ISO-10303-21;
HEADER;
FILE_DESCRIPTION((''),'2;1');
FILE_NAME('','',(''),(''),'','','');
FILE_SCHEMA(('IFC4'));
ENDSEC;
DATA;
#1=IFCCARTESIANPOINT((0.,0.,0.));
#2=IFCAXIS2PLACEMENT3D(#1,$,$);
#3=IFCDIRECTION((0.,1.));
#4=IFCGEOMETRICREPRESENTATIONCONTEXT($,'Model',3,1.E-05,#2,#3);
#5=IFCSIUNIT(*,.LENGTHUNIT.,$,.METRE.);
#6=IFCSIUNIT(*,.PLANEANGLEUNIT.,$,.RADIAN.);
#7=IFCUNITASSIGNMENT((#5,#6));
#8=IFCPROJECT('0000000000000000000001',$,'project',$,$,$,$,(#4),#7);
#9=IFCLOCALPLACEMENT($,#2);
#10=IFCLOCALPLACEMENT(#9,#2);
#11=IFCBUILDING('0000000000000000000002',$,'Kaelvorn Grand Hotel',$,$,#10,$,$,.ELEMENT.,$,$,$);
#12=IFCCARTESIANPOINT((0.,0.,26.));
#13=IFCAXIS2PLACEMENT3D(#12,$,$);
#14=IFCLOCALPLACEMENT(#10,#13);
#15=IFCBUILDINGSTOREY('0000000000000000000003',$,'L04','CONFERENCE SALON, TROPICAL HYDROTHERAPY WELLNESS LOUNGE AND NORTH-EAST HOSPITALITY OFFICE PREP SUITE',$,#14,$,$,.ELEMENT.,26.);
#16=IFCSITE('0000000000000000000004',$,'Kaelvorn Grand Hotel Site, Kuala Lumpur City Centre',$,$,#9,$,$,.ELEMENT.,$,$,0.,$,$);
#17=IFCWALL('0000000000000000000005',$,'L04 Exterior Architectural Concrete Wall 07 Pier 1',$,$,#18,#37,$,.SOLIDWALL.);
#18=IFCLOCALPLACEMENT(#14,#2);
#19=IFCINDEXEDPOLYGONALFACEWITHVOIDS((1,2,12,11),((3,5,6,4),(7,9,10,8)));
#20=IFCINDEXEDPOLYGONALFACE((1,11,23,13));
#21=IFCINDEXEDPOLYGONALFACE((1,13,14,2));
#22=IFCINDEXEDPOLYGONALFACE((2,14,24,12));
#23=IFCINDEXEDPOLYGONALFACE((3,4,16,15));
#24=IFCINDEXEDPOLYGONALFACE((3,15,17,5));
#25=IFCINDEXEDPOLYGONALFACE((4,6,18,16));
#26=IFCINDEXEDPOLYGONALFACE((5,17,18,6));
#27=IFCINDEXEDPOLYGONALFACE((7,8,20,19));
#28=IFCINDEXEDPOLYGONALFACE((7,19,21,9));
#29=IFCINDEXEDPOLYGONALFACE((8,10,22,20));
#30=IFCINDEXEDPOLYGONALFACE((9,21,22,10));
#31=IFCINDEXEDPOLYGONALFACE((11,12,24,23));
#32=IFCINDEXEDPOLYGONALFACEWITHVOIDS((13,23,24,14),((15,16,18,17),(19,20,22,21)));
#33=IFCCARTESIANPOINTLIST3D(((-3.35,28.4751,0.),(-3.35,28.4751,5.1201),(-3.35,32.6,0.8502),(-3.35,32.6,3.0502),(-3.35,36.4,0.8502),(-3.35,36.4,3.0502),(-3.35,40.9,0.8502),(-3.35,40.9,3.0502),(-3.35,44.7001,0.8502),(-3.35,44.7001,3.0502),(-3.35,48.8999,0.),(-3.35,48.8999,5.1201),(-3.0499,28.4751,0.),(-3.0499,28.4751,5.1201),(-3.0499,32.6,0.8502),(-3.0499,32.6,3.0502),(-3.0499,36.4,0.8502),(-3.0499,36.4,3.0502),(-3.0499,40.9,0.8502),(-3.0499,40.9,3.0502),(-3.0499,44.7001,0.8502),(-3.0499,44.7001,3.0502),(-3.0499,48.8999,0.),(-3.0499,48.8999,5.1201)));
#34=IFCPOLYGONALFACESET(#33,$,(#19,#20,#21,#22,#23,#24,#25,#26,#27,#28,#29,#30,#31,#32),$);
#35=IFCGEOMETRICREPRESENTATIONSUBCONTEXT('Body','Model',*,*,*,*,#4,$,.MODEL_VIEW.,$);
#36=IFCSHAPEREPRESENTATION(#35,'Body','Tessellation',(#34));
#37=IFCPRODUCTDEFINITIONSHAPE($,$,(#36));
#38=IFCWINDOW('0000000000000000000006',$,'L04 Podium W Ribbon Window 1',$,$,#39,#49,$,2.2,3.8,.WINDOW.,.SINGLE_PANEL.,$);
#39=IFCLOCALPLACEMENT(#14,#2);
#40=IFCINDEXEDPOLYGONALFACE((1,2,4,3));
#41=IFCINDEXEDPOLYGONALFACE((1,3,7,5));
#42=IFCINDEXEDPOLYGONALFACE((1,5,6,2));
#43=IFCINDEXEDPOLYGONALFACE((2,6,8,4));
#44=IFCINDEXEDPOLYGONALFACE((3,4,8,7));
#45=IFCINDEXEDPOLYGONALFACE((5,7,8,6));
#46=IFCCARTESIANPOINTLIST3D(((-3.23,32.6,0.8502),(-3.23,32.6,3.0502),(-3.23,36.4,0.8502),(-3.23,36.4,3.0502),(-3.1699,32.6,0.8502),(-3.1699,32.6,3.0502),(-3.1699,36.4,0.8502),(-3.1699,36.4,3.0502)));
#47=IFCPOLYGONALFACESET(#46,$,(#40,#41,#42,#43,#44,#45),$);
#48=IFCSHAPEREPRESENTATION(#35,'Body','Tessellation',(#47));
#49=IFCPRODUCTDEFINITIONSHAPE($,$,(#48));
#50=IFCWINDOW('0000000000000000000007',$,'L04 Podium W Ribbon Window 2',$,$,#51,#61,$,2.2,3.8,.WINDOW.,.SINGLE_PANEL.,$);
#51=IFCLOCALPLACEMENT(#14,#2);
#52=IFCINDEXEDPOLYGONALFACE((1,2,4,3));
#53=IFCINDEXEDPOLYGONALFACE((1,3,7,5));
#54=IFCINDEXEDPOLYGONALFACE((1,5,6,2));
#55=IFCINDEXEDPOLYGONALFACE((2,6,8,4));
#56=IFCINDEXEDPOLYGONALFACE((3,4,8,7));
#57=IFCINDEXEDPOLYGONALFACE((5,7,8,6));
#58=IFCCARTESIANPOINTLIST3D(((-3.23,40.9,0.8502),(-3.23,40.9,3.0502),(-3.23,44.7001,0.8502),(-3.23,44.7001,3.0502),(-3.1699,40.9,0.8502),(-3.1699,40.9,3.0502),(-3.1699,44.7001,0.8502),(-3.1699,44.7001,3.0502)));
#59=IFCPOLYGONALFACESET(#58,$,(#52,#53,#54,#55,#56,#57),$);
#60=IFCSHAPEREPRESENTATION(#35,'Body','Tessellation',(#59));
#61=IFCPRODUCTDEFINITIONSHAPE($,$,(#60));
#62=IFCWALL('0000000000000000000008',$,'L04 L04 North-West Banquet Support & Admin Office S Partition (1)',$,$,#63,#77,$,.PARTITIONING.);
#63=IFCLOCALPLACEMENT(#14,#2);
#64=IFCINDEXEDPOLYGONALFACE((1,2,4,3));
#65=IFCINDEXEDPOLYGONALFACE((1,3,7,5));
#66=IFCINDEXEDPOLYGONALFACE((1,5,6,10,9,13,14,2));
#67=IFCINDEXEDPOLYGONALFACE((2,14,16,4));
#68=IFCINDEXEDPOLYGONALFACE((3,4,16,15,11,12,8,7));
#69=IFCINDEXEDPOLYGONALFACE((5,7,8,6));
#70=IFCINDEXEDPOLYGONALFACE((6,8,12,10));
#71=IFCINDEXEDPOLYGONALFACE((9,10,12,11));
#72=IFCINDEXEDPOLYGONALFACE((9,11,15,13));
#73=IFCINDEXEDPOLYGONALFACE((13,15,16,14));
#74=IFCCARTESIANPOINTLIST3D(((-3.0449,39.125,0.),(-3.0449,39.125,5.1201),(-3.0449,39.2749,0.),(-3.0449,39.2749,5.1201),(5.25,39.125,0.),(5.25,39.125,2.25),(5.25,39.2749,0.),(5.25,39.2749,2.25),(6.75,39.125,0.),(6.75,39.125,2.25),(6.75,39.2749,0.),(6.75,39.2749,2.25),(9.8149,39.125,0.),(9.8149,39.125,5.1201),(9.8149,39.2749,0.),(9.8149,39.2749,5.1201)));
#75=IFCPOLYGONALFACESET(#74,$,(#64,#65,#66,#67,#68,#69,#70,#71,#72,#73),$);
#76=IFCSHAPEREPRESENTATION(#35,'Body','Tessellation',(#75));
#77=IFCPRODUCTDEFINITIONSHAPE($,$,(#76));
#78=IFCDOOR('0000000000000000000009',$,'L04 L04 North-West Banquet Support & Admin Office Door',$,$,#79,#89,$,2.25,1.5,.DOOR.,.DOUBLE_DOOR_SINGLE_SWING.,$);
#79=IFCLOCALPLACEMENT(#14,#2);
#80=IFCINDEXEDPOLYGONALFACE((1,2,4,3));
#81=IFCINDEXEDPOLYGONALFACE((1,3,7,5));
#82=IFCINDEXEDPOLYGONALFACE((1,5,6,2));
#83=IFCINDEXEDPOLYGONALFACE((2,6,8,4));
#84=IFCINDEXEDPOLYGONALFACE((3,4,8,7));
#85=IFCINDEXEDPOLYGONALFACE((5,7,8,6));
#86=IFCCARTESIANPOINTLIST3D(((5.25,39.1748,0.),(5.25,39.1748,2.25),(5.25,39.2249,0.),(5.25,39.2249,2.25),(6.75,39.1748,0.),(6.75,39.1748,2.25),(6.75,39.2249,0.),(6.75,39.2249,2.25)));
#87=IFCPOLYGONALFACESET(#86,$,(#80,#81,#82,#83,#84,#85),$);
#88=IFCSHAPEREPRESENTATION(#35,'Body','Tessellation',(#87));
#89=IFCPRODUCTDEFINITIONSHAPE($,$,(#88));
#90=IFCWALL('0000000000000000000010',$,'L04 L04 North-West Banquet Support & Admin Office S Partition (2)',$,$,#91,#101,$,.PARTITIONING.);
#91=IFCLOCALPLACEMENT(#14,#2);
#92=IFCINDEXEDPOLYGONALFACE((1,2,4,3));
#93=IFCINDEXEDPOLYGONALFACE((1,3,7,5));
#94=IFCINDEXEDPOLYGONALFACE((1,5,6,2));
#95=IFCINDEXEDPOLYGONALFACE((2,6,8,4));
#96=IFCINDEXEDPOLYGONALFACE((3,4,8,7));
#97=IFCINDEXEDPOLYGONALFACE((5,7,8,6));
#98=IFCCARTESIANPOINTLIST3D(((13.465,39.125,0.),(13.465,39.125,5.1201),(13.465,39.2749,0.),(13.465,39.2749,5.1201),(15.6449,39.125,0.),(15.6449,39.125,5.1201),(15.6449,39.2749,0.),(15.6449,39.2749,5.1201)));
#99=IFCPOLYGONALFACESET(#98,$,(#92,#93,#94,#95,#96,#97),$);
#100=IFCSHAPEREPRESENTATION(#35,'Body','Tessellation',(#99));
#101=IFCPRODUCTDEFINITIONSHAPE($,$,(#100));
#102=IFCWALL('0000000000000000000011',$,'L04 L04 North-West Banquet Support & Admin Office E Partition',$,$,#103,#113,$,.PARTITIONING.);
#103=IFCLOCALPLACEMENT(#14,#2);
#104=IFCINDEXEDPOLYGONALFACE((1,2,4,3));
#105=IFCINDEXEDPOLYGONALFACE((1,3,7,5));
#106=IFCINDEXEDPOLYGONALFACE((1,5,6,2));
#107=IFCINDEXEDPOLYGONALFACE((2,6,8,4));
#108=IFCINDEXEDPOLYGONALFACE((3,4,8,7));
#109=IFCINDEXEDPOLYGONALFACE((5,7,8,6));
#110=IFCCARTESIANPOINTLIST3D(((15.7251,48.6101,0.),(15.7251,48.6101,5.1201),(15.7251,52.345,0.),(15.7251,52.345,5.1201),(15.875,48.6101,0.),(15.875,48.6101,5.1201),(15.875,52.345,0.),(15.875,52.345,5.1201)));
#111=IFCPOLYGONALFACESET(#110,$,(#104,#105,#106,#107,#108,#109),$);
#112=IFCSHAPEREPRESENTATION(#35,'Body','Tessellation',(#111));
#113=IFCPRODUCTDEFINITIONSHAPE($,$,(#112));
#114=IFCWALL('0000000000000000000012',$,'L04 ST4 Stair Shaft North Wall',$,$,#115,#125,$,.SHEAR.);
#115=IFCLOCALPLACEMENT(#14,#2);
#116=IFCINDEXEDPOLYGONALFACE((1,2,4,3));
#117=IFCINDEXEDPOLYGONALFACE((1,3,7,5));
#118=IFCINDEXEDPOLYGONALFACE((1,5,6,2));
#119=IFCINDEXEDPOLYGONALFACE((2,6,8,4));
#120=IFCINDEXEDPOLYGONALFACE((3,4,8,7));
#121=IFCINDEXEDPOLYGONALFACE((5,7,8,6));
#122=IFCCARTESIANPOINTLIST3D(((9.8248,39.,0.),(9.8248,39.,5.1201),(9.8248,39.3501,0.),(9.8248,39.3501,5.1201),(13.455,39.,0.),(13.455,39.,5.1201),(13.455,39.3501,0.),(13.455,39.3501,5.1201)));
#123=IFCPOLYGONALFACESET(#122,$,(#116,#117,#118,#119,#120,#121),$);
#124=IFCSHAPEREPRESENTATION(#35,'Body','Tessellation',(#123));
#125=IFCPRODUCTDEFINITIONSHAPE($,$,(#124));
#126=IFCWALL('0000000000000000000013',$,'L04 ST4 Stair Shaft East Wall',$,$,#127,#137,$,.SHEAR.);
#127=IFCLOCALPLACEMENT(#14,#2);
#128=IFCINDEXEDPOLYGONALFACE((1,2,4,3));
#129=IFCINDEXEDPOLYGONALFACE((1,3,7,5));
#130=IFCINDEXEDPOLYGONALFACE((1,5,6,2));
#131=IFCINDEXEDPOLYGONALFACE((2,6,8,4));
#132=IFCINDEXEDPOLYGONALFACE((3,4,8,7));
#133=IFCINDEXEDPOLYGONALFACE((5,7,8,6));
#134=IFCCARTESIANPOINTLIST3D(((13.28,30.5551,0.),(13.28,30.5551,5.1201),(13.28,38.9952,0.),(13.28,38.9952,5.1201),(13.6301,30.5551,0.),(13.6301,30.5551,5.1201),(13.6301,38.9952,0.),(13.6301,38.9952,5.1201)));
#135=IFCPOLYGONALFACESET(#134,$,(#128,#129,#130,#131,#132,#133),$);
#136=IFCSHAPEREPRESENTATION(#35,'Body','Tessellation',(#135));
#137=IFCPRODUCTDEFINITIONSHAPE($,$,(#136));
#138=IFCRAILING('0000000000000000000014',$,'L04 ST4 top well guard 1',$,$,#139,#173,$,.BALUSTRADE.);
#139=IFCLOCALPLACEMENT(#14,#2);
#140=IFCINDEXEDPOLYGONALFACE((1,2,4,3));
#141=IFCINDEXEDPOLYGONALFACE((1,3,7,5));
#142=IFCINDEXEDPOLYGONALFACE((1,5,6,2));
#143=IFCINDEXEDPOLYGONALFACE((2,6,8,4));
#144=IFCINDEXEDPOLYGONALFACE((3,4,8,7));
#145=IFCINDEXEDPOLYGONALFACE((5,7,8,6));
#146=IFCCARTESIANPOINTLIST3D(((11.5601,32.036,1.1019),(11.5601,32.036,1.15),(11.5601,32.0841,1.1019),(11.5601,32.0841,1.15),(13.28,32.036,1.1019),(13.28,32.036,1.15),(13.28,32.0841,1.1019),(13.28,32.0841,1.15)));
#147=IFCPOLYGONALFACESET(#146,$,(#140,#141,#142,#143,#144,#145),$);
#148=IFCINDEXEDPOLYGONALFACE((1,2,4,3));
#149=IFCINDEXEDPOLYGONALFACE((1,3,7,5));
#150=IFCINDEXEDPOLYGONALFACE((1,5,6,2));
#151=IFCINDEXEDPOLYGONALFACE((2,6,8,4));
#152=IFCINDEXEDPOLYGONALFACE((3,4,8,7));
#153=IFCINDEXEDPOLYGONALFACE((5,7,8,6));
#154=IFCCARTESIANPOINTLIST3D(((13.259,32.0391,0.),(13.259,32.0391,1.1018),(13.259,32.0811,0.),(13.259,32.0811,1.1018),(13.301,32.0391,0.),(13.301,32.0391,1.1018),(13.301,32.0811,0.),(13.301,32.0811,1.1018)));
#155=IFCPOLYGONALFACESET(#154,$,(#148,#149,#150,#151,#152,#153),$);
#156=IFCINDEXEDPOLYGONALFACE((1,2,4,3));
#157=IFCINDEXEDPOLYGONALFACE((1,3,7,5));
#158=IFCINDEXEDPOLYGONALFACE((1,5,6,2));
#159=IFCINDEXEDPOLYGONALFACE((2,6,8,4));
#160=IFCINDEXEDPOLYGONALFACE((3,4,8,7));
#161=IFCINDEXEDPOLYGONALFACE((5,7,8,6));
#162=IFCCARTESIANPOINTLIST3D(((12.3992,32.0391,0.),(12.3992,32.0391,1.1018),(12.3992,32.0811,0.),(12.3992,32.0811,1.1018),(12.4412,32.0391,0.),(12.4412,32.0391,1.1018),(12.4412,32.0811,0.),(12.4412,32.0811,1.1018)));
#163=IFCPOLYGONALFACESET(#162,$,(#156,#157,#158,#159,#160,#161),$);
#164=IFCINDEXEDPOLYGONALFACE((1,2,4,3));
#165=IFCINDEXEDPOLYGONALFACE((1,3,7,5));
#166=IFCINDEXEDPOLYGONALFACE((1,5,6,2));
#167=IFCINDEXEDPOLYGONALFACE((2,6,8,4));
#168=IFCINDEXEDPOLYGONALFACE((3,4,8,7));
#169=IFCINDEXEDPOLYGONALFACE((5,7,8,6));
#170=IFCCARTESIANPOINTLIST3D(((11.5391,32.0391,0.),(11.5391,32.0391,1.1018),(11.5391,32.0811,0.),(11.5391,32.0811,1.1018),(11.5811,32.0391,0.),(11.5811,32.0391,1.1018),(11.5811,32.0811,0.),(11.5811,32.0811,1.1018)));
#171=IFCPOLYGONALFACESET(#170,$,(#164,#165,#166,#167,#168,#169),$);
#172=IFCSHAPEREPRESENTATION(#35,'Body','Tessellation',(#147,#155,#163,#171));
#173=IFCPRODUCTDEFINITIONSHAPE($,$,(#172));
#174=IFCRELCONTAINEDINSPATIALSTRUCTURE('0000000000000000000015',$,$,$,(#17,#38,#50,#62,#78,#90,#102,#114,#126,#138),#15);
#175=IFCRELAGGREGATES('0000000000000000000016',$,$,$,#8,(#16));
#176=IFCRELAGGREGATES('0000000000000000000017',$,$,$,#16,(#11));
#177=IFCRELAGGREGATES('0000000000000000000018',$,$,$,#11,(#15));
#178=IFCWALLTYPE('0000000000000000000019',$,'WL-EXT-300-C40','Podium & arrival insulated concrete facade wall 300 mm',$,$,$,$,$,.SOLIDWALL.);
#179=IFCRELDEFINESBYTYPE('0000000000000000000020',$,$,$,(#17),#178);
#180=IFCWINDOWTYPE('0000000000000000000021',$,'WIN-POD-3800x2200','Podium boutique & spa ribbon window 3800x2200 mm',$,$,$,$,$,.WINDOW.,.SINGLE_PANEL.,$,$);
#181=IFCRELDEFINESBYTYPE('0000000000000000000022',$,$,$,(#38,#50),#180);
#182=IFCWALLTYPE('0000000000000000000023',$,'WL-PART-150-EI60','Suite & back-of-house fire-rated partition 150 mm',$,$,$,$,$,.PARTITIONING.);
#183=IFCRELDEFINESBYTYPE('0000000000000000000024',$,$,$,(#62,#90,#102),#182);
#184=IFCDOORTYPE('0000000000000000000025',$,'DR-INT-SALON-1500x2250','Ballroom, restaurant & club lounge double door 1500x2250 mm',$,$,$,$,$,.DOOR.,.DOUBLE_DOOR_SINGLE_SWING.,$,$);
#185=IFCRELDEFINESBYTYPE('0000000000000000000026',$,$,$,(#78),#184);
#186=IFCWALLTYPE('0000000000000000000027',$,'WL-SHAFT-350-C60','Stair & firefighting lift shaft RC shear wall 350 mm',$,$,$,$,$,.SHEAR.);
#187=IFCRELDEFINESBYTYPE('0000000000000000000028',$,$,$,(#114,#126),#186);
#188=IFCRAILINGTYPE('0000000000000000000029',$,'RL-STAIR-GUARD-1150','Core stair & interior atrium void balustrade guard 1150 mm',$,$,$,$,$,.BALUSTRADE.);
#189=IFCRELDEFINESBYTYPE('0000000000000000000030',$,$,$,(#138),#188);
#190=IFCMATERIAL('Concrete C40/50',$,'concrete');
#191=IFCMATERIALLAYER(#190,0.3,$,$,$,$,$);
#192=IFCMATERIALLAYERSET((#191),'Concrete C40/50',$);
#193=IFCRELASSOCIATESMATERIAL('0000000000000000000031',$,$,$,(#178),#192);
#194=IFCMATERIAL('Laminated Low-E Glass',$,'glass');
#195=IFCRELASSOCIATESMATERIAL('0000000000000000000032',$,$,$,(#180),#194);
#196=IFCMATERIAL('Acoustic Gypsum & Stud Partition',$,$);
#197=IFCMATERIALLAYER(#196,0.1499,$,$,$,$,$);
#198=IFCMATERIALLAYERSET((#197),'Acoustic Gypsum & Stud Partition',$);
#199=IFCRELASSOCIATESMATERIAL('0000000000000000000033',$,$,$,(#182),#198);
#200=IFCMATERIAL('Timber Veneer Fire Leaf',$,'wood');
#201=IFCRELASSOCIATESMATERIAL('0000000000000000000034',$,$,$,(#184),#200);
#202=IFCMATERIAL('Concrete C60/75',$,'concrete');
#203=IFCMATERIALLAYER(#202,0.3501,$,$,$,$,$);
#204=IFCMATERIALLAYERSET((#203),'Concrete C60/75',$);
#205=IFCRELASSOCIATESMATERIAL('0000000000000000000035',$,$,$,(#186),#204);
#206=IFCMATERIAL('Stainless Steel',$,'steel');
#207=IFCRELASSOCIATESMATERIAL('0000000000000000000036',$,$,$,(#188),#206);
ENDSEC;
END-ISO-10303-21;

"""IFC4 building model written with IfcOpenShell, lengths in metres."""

from ifc_helpers import new_model, si_unit, direction, frame, frame_2d, origin, origin_2d, place, context, subcontext, project, spatial, rectangle, extrude, material, layer, layer_set, type_object, element, fill, save


model = new_model("IFC4")

# Units and contexts
model_context = context("Model", 3, precision=1e-05, world=origin(), true_north=direction((0.0, 1.0)))
body_context = subcontext(model_context, "Body", "Model", "MODEL_VIEW")
ifc_project = project(units=[si_unit("LENGTHUNIT", "METRE"), si_unit("PLANEANGLEUNIT", "RADIAN")], contexts=[model_context])

# Site, building, storey
site_placement = place(None, origin())
site = spatial("IfcSite", under=ifc_project, at=site_placement, Name="Kaelvorn Grand Hotel Site, Kuala Lumpur City Centre", CompositionType="ELEMENT", RefElevation=0.0)
building_placement = place(site_placement, origin())
building = spatial("IfcBuilding", under=site, at=building_placement, Name="Kaelvorn Grand Hotel", CompositionType="ELEMENT")
storey_placement = place(building_placement, frame((0.0, 0.0, 26.0)))
storey = spatial("IfcBuildingStorey", under=building, at=storey_placement, Name="L04", Description="CONFERENCE SALON, TROPICAL HYDROTHERAPY WELLNESS LOUNGE AND NORTH-EAST HOSPITALITY OFFICE PREP SUITE", CompositionType="ELEMENT", Elevation=26.0)

# Shared definitions
ifc_material_1 = material(Name="Concrete C60/75", Category="concrete")

# Shared definitions
ifc_material_2 = material(Name="Concrete C40/50", Category="concrete")
ifc_layer_1 = layer(ifc_material_2, 0.3)
ifc_layer_set_1 = layer_set([ifc_layer_1], Name="Concrete C40/50")
wall_type_1 = type_object("IfcWallType", Name="WL-EXT-300-C40", Description="Podium & arrival insulated concrete facade wall 300 mm", PredefinedType="SOLIDWALL", material=ifc_layer_set_1)
ifc_material_3 = material(Name="Laminated Low-E Glass", Category="glass")

# Wall, openings, windows
wall_1_placement = place(storey_placement, frame((-3.2, 48.8999, 0.0), z_axis=(0.0, 0.0, 1.0), x_axis=(0.0, -1.0, 0.0)))
wall_1 = element("IfcWall", 1, at=wall_1_placement, inside=storey, type_object=wall_type_1, Name="L04 Exterior Architectural Concrete Wall 07 Pier 1", PredefinedType="SOLIDWALL", context=body_context, shape_type="SweptSolid", body=[
    extrude(rectangle(XDim=20.4248, YDim=0.3, at=frame_2d((10.2124, 0.0))), origin(), (0.0, 0.0, 1.0), 5.1201),
])
opening_1_placement = place(wall_1_placement, frame((12.5, 0.0, 0.8501)))
opening_1 = element("IfcOpeningElement", 2, at=opening_1_placement, cuts=wall_1, PredefinedType="OPENING", context=body_context, shape_type="SweptSolid", body=[
    extrude(rectangle(XDim=3.8, YDim=2.2, at=frame_2d((1.8999, 1.1001))), frame((0.0, 0.1602, 0.0), z_axis=(0.0, -1.0, 0.0), x_axis=(1.0, 0.0, 0.0)), (0.0, 0.0, 1.0), 0.3201),
])
opening_2_placement = place(wall_1_placement, frame((4.2, 0.0, 0.8501)))
opening_2 = element("IfcOpeningElement", 3, at=opening_2_placement, cuts=wall_1, PredefinedType="OPENING", context=body_context, shape_type="SweptSolid", body=[
    extrude(rectangle(XDim=3.8, YDim=2.2, at=frame_2d((1.8999, 1.1001))), frame((0.0, 0.1602, 0.0), z_axis=(0.0, -1.0, 0.0), x_axis=(1.0, 0.0, 0.0)), (0.0, 0.0, 1.0), 0.3201),
])
window_type_1 = type_object("IfcWindowType", Name="WIN-POD-3800x2200", Description="Podium boutique & spa ribbon window 3800x2200 mm", PartitioningType="SINGLE_PANEL", PredefinedType="WINDOW", material=ifc_material_3)
window_1_placement = place(opening_1_placement, origin())
window_1 = element("IfcWindow", 4, at=window_1_placement, inside=storey, type_object=window_type_1, Name="L04 Podium W Ribbon Window 1", OverallHeight=2.2, OverallWidth=3.8, PartitioningType="SINGLE_PANEL", PredefinedType="WINDOW", context=body_context, shape_type="SweptSolid", body=[
    extrude(rectangle(XDim=3.8, YDim=2.2, at=frame_2d((1.8999, 1.1001))), frame((0.0, 0.03, 0.0), z_axis=(0.0, -1.0, 0.0), x_axis=(1.0, 0.0, 0.0)), (0.0, 0.0, 1.0), 0.0601),
])
fill(opening_1, window_1)
window_2_placement = place(opening_2_placement, origin())
window_2 = element("IfcWindow", 5, at=window_2_placement, inside=storey, type_object=window_type_1, Name="L04 Podium W Ribbon Window 2", OverallHeight=2.2, OverallWidth=3.8, PartitioningType="SINGLE_PANEL", PredefinedType="WINDOW", context=body_context, shape_type="SweptSolid", body=[
    extrude(rectangle(XDim=3.8, YDim=2.2, at=frame_2d((1.8999, 1.1001))), frame((0.0, 0.03, 0.0), z_axis=(0.0, -1.0, 0.0), x_axis=(1.0, 0.0, 0.0)), (0.0, 0.0, 1.0), 0.0601),
])
fill(opening_2, window_2)

# Wall, opening, door
ifc_material_4 = material(Name="Acoustic Gypsum & Stud Partition")
ifc_layer_2 = layer(ifc_material_4, 0.1499)
ifc_layer_set_2 = layer_set([ifc_layer_2], Name="Acoustic Gypsum & Stud Partition")
wall_type_2 = type_object("IfcWallType", Name="WL-PART-150-EI60", Description="Suite & back-of-house fire-rated partition 150 mm", PredefinedType="PARTITIONING", material=ifc_layer_set_2)
wall_2_placement = place(storey_placement, frame((-3.0449, 39.2, 0.0), z_axis=(0.0, 0.0, 1.0), x_axis=(1.0, 0.0, 0.0)))
wall_2 = element("IfcWall", 6, at=wall_2_placement, inside=storey, type_object=wall_type_2, Name="L04 L04 North-West Banquet Support & Admin Office S Partition (1)", PredefinedType="PARTITIONING", context=body_context, shape_type="SweptSolid", body=[
    extrude(rectangle(XDim=12.8599, YDim=0.1499, at=frame_2d((6.4299, 0.0))), origin(), (0.0, 0.0, 1.0), 5.1201),
])
opening_3_placement = place(wall_2_placement, frame((8.2949, 0.0, 0.0)))
opening_3 = element("IfcOpeningElement", 7, at=opening_3_placement, cuts=wall_2, PredefinedType="OPENING", context=body_context, shape_type="SweptSolid", body=[
    extrude(rectangle(XDim=1.5, YDim=2.25, at=frame_2d((0.75, 1.125))), frame((0.0, 0.085, 0.0), z_axis=(0.0, -1.0, 0.0), x_axis=(1.0, 0.0, 0.0)), (0.0, 0.0, 1.0), 0.1699),
])
ifc_material_5 = material(Name="Timber Veneer Fire Leaf", Category="wood")
door_type = type_object("IfcDoorType", Name="DR-INT-SALON-1500x2250", Description="Ballroom, restaurant & club lounge double door 1500x2250 mm", OperationType="DOUBLE_DOOR_SINGLE_SWING", PredefinedType="DOOR", material=ifc_material_5)
door_placement = place(opening_3_placement, origin())
door = element("IfcDoor", 8, at=door_placement, inside=storey, type_object=door_type, Name="L04 L04 North-West Banquet Support & Admin Office Door", OperationType="DOUBLE_DOOR_SINGLE_SWING", OverallHeight=2.25, OverallWidth=1.5, PredefinedType="DOOR", context=body_context, shape_type="SweptSolid", body=[
    extrude(rectangle(XDim=1.5, YDim=2.25, at=frame_2d((0.75, 1.125))), frame((0.0, 0.0249, 0.0), z_axis=(0.0, -1.0, 0.0), x_axis=(1.0, 0.0, 0.0)), (0.0, 0.0, 1.0), 0.05),
])
fill(opening_3, door)

# Walls
wall_3_placement = place(storey_placement, frame((13.4651, 39.2, 0.0), z_axis=(0.0, 0.0, 1.0), x_axis=(1.0, 0.0, 0.0)))
element("IfcWall", 9, at=wall_3_placement, inside=storey, type_object=wall_type_2, Name="L04 L04 North-West Banquet Support & Admin Office S Partition (2)", PredefinedType="PARTITIONING", context=body_context, shape_type="SweptSolid", body=[
    extrude(rectangle(XDim=2.1799, YDim=0.1499, at=frame_2d((1.0898, 0.0))), origin(), (0.0, 0.0, 1.0), 5.1201),
])
wall_4_placement = place(storey_placement, frame((15.8, 48.6101, 0.0), z_axis=(0.0, 0.0, 1.0), x_axis=(0.0, 1.0, 0.0)))
element("IfcWall", 10, at=wall_4_placement, inside=storey, type_object=wall_type_2, Name="L04 L04 North-West Banquet Support & Admin Office E Partition", PredefinedType="PARTITIONING", context=body_context, shape_type="SweptSolid", body=[
    extrude(rectangle(XDim=3.7349, YDim=0.1499, at=frame_2d((1.8674, 0.0))), origin(), (0.0, 0.0, 1.0), 5.1201),
])
ifc_layer_3 = layer(ifc_material_1, 0.3501)
ifc_layer_set_3 = layer_set([ifc_layer_3], Name="Concrete C60/75")
wall_type_3 = type_object("IfcWallType", Name="WL-SHAFT-350-C60", Description="Stair & firefighting lift shaft RC shear wall 350 mm", PredefinedType="SHEAR", material=ifc_layer_set_3)
wall_5_placement = place(storey_placement, frame((9.825, 39.175, 0.0), z_axis=(0.0, 0.0, 1.0), x_axis=(1.0, 0.0, 0.0)))
element("IfcWall", 11, at=wall_5_placement, inside=storey, type_object=wall_type_3, Name="L04 ST4 Stair Shaft North Wall", PredefinedType="SHEAR", context=body_context, shape_type="SweptSolid", body=[
    extrude(rectangle(XDim=3.6301, YDim=0.3501, at=frame_2d((1.8149, 0.0))), origin(), (0.0, 0.0, 1.0), 5.1201),
])
wall_6_placement = place(storey_placement, frame((13.4551, 30.5549, 0.0), z_axis=(0.0, 0.0, 1.0), x_axis=(0.0, 1.0, 0.0)))
element("IfcWall", 12, at=wall_6_placement, inside=storey, type_object=wall_type_3, Name="L04 ST4 Stair Shaft East Wall", PredefinedType="SHEAR", context=body_context, shape_type="SweptSolid", body=[
    extrude(rectangle(XDim=8.4402, YDim=0.3501, at=frame_2d((4.2202, 0.0))), origin(), (0.0, 0.0, 1.0), 5.1201),
])

# Railing
ifc_material_6 = material(Name="Stainless Steel", Category="steel")
railing_type = type_object("IfcRailingType", Name="RL-STAIR-GUARD-1150", Description="Core stair & interior atrium void balustrade guard 1150 mm", PredefinedType="BALUSTRADE", material=ifc_material_6)
railing_placement = place(storey_placement, frame((13.28, 32.0601, 0.0)))
element("IfcRailing", 13, at=railing_placement, inside=storey, type_object=railing_type, Name="L04 ST4 top well guard 1", PredefinedType="BALUSTRADE", context=body_context, shape_type="SweptSolid", body=[
    extrude(rectangle(XDim=0.0481, YDim=0.0481, at=origin_2d()), frame((0.0, 0.0, 1.126), z_axis=(-1.0, 0.0, 0.0), x_axis=(0.0, -1.0, 0.0)), (0.0, 0.0, 1.0), 1.72),
    extrude(rectangle(XDim=0.042, YDim=0.042, at=origin_2d()), origin(), (0.0, 0.0, 1.0), 1.1018),
    extrude(rectangle(XDim=0.042, YDim=0.042, at=origin_2d()), frame((-0.8599, 0.0, 0.0)), (0.0, 0.0, 1.0), 1.1018),
    extrude(rectangle(XDim=0.042, YDim=0.042, at=origin_2d()), frame((-1.72, 0.0, 0.0)), (0.0, 0.0, 1.0), 1.1018),
])

save(model, "model.ifc")
